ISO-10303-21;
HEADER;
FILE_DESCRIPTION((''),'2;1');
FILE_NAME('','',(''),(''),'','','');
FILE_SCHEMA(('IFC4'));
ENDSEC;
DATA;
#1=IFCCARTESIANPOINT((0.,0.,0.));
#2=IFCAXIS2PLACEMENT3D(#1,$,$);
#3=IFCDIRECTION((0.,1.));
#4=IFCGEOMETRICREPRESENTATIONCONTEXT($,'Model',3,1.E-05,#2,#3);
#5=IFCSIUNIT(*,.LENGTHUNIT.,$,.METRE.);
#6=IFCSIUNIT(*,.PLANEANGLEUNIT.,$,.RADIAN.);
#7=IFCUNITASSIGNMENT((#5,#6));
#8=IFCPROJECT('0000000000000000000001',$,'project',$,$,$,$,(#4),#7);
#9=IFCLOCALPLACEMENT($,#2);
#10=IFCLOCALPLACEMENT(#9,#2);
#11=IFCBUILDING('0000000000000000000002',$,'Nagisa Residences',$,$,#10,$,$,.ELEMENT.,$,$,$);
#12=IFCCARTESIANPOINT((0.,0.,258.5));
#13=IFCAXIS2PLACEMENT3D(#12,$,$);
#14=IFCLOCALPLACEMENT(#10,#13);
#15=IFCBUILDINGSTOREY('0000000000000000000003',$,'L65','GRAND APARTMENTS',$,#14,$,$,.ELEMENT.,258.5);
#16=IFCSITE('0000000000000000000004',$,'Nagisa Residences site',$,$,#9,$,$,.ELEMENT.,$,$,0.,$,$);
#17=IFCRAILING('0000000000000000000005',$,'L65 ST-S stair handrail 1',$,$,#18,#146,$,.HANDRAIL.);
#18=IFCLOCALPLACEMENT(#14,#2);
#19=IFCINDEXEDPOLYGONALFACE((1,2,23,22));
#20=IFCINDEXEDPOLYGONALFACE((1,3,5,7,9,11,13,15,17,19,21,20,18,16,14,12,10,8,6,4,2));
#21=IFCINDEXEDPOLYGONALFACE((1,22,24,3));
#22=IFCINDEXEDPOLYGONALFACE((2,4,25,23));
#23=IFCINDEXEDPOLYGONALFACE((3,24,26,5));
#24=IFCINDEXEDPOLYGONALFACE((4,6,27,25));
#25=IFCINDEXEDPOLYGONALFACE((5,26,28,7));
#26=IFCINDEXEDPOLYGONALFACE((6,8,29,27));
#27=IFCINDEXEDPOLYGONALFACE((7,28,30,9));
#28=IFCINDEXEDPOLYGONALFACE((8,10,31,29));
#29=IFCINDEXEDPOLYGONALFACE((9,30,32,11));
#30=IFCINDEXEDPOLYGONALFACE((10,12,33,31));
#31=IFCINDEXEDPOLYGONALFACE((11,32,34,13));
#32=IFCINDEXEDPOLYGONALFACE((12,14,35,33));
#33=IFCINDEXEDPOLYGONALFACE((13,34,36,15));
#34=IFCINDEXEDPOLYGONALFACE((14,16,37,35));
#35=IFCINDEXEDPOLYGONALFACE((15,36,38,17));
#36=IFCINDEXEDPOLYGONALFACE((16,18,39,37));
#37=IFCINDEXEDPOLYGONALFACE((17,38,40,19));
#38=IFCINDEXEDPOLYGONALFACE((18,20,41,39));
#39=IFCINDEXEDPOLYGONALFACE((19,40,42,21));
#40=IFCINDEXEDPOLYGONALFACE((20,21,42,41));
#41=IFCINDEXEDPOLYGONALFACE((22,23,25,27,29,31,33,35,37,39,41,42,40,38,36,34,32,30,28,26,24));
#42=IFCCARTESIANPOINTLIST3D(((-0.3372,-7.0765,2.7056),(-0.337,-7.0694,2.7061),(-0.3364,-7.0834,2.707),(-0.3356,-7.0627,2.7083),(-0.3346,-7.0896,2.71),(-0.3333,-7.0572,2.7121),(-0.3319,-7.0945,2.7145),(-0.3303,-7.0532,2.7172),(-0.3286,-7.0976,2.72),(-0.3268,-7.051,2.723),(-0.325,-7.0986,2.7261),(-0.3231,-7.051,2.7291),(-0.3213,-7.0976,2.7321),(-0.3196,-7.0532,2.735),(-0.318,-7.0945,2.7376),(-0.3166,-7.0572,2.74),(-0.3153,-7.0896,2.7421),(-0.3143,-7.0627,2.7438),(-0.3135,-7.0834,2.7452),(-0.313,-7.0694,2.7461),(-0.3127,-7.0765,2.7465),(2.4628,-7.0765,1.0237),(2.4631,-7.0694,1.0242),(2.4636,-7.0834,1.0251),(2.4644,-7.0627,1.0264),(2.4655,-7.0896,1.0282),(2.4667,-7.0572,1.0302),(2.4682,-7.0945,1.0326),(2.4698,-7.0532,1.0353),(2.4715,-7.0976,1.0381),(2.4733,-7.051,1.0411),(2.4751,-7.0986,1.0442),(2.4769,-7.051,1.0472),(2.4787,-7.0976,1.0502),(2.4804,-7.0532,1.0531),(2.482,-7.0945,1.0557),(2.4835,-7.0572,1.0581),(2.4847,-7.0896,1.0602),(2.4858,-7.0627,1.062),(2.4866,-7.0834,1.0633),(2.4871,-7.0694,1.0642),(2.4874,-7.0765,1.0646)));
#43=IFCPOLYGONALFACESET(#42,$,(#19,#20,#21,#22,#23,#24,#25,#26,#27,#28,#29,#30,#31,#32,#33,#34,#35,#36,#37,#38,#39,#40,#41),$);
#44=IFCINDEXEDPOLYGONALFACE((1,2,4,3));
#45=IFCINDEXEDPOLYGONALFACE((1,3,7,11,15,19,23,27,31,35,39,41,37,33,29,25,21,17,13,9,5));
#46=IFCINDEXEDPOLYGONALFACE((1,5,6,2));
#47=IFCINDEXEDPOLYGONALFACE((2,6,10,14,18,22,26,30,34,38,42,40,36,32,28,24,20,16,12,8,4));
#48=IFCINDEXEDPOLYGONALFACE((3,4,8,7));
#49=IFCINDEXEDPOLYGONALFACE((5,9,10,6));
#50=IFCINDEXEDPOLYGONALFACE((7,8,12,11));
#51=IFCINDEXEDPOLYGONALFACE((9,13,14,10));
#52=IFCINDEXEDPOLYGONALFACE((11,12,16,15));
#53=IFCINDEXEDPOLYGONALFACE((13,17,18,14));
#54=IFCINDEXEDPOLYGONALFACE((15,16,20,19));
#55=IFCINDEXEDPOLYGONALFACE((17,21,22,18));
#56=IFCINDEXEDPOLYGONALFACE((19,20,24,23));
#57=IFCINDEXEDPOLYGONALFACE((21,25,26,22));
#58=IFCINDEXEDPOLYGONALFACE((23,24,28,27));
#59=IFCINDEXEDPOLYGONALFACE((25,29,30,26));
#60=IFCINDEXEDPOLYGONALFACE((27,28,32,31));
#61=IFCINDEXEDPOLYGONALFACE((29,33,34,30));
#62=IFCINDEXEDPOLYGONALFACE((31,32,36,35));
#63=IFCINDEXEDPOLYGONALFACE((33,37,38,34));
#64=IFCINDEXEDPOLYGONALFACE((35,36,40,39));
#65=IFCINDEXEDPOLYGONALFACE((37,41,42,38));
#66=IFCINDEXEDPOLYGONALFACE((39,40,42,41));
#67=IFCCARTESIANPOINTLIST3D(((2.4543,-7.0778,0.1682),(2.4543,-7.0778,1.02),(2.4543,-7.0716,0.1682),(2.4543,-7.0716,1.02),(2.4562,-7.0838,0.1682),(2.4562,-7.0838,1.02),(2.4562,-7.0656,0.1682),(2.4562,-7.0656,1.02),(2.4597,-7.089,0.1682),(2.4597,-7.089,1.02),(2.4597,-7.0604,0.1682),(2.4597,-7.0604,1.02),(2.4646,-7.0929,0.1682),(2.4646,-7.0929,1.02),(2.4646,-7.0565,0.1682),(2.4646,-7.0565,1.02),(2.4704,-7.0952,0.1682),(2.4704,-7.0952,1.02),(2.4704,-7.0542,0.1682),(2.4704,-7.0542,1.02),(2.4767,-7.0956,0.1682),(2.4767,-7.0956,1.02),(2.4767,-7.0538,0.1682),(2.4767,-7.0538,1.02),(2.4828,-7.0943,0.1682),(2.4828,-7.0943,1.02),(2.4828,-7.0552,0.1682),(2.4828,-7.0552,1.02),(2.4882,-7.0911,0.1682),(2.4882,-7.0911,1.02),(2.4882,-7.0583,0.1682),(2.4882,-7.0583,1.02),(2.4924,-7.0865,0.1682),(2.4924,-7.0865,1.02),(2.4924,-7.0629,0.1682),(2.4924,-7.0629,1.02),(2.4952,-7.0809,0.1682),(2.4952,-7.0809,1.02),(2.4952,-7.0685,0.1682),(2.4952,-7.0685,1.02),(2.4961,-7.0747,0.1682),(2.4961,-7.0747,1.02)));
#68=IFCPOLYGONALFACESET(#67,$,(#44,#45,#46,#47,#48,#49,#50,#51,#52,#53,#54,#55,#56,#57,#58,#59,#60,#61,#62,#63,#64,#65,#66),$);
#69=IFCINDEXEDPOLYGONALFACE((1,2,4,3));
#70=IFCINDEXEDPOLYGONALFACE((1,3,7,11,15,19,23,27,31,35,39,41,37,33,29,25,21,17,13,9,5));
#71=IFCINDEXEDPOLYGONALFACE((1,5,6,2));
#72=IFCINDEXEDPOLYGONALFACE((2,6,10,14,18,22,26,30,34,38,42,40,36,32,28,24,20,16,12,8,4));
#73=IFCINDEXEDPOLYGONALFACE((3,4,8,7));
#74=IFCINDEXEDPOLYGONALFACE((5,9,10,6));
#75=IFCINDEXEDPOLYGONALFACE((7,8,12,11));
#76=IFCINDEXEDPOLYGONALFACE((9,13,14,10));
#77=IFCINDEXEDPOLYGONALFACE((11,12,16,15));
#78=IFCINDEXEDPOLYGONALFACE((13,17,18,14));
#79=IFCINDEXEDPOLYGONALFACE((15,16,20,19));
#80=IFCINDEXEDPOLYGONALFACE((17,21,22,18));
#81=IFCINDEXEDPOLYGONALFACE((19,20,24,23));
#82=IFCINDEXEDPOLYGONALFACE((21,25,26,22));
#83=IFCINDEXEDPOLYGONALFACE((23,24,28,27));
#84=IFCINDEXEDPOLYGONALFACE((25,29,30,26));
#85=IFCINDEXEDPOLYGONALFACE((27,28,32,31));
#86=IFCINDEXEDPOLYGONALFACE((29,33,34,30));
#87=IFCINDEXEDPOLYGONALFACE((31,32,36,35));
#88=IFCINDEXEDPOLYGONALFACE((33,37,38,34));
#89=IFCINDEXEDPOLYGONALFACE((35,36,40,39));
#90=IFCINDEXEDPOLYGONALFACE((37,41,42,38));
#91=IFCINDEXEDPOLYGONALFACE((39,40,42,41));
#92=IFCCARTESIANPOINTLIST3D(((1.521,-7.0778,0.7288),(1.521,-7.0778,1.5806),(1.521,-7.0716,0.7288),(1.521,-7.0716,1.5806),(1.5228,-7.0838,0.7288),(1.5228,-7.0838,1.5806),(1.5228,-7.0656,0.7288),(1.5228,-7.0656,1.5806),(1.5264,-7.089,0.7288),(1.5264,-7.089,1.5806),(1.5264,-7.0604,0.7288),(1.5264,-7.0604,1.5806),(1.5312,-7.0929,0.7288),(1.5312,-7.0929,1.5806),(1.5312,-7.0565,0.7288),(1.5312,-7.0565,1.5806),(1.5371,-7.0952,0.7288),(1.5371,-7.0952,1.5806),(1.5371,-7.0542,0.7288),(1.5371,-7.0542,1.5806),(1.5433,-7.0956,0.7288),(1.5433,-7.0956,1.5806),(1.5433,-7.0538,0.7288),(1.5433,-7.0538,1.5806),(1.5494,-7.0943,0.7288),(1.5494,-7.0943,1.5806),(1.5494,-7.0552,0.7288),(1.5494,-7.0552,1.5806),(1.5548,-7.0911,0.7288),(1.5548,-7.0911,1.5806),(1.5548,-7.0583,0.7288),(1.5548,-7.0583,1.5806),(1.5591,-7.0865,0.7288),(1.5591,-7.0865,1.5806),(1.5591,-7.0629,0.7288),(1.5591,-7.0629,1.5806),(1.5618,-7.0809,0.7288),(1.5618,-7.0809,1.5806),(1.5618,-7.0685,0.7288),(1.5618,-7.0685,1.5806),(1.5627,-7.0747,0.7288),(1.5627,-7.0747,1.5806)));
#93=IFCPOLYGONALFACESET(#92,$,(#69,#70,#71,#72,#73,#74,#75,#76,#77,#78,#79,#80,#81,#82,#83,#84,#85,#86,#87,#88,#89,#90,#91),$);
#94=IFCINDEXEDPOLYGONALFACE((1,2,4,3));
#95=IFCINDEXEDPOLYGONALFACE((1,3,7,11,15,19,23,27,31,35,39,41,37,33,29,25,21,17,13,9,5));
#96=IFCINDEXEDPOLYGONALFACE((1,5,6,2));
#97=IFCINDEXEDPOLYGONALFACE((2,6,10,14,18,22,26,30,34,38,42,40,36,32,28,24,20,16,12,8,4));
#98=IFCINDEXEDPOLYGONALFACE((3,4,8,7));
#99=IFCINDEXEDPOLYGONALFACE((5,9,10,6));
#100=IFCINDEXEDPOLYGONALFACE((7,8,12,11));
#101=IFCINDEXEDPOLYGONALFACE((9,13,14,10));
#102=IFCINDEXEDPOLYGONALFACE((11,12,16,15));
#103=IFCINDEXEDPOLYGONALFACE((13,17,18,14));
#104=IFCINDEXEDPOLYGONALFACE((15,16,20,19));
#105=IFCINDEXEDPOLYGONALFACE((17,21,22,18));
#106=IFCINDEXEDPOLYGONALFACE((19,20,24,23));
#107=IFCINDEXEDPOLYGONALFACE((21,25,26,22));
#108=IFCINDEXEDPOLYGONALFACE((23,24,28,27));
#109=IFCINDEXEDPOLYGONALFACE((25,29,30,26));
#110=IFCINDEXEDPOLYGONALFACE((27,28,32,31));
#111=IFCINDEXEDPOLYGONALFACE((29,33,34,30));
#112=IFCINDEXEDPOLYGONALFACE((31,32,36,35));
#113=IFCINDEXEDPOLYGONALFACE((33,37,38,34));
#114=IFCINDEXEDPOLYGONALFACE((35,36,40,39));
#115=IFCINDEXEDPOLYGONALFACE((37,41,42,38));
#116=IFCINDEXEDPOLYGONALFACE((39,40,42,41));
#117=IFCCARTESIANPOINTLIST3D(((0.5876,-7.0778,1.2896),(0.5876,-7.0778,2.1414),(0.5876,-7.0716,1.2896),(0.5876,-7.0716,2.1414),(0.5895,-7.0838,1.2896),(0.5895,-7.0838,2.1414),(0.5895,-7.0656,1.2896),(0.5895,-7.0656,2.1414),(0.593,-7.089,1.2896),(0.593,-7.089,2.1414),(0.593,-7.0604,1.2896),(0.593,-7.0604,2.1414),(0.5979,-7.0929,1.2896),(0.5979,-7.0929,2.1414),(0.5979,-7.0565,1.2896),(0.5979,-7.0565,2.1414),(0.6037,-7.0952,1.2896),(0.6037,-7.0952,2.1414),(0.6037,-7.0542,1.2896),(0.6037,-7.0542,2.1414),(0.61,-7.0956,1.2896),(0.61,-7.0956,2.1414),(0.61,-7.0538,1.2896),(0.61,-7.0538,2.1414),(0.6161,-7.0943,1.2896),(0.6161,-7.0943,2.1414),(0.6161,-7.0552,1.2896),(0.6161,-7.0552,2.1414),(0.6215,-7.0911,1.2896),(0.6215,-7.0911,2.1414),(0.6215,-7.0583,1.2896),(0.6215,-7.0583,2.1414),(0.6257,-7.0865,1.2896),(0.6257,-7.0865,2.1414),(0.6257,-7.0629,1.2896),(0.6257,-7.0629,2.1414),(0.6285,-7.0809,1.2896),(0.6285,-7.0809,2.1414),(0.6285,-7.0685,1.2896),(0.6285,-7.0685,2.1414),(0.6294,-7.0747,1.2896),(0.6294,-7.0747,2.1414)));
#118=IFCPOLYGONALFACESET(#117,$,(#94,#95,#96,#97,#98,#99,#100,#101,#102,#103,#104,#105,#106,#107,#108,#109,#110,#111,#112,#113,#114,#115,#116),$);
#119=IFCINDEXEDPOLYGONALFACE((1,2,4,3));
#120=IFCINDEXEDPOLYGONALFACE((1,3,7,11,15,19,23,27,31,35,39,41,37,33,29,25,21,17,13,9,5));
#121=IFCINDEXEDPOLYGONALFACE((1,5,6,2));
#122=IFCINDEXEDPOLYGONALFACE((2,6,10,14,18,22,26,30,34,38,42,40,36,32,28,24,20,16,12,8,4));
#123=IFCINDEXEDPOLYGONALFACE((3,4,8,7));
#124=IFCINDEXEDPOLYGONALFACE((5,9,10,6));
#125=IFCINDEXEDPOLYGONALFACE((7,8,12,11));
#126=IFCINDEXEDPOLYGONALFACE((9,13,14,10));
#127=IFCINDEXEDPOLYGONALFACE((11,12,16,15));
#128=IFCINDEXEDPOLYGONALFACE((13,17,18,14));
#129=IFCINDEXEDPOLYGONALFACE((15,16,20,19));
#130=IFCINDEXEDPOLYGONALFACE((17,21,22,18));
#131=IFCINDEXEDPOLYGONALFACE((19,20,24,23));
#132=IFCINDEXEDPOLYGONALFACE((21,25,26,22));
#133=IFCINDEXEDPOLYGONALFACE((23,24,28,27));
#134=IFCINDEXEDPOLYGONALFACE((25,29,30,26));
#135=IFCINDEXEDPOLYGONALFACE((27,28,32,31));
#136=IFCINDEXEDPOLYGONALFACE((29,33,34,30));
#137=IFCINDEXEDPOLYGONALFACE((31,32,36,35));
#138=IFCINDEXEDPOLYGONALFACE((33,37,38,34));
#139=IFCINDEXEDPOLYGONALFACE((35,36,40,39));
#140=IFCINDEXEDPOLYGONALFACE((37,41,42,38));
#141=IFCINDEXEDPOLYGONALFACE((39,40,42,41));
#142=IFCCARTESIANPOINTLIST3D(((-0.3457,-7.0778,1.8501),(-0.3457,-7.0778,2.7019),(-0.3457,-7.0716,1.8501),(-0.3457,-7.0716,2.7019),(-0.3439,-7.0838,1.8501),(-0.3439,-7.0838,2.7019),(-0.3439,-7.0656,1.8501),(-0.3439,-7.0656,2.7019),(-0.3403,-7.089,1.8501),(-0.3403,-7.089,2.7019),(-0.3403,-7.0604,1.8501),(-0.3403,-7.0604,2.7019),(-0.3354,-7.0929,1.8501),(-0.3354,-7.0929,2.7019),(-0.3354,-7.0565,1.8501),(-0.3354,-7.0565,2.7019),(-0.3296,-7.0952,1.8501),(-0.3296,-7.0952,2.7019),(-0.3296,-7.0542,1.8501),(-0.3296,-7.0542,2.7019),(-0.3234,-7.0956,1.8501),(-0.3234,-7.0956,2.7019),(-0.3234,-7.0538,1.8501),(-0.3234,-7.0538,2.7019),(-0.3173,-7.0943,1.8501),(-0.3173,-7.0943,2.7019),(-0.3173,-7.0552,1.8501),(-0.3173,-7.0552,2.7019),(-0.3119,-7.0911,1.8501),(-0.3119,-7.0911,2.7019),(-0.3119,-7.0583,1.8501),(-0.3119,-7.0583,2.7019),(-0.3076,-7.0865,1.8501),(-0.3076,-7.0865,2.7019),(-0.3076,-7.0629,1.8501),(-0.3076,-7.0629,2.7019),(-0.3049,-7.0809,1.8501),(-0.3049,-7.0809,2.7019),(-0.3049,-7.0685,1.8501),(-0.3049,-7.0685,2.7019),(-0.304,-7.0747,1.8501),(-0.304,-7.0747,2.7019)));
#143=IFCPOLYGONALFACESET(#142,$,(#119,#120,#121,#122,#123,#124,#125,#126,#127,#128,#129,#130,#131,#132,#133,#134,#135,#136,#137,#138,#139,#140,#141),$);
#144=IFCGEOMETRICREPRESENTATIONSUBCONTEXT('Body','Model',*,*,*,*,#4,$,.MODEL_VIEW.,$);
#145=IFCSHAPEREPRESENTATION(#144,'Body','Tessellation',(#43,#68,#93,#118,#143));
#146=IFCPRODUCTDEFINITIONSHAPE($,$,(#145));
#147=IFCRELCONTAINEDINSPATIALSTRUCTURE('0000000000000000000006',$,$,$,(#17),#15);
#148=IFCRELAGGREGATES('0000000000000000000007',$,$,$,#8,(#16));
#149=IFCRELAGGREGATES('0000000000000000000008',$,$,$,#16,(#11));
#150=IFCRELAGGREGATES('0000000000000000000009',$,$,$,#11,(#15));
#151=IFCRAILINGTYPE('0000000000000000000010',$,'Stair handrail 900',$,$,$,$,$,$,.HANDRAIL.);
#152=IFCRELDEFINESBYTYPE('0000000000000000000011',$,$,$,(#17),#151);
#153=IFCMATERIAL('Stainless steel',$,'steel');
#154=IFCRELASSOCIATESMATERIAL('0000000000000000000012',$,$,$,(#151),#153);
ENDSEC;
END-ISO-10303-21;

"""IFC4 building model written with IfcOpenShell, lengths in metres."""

from ifc_helpers import new_model, si_unit, direction, frame, origin, origin_2d, place, context, subcontext, project, spatial, circle, extrude, material, type_object, element, save


model = new_model("IFC4")

# Units and contexts
model_context = context("Model", 3, precision=1e-05, world=origin(), true_north=direction((0.0, 1.0)))
body_context = subcontext(model_context, "Body", "Model", "MODEL_VIEW")
ifc_project = project(units=[si_unit("LENGTHUNIT", "METRE"), si_unit("PLANEANGLEUNIT", "RADIAN")], contexts=[model_context])

# Site, building, storey
site_placement = place(None, origin())
site = spatial("IfcSite", under=ifc_project, at=site_placement, Name="Nagisa Residences site", CompositionType="ELEMENT", RefElevation=0.0)
building_placement = place(site_placement, origin())
building = spatial("IfcBuilding", under=site, at=building_placement, Name="Nagisa Residences", CompositionType="ELEMENT")
storey_placement = place(building_placement, frame((0.0, 0.0, 258.5)))
storey = spatial("IfcBuildingStorey", under=building, at=storey_placement, Name="L65", Description="GRAND APARTMENTS", CompositionType="ELEMENT", Elevation=258.5)

# Railing
ifc_material_1 = material(Name="Stainless steel", Category="steel")
railing_type_1 = type_object("IfcRailingType", Name="Stair handrail 900", PredefinedType="HANDRAIL", material=ifc_material_1)
railing_1_placement = place(storey_placement, frame((2.4751, -7.0747, 0.1682)))
element("IfcRailing", 1, at=railing_1_placement, inside=storey, type_object=railing_type_1, Name="L65 ST-S stair handrail 1", PredefinedType="HANDRAIL", context=body_context, shape_type="SweptSolid", body=[
    extrude(circle(Radius=0.0239, at=origin_2d()), frame((0.0, 0.0, 0.876), z_axis=(-0.857242, 0.0, 0.514913), x_axis=(0.0, -1.0, 0.0)), (0.0, 0.0, 1.0), 3.2664),
    extrude(circle(Radius=0.021, at=origin_2d()), origin(), (0.0, 0.0, 1.0), 0.8518),
    extrude(circle(Radius=0.021, at=origin_2d()), frame((-0.9333, 0.0, 0.5605)), (0.0, 0.0, 1.0), 0.8518),
    extrude(circle(Radius=0.021, at=origin_2d()), frame((-1.8667, 0.0, 1.1213)), (0.0, 0.0, 1.0), 0.8518),
    extrude(circle(Radius=0.021, at=origin_2d()), frame((-2.8, 0.0, 1.6819)), (0.0, 0.0, 1.0), 0.8518),
])

save(model, "model.ifc")
